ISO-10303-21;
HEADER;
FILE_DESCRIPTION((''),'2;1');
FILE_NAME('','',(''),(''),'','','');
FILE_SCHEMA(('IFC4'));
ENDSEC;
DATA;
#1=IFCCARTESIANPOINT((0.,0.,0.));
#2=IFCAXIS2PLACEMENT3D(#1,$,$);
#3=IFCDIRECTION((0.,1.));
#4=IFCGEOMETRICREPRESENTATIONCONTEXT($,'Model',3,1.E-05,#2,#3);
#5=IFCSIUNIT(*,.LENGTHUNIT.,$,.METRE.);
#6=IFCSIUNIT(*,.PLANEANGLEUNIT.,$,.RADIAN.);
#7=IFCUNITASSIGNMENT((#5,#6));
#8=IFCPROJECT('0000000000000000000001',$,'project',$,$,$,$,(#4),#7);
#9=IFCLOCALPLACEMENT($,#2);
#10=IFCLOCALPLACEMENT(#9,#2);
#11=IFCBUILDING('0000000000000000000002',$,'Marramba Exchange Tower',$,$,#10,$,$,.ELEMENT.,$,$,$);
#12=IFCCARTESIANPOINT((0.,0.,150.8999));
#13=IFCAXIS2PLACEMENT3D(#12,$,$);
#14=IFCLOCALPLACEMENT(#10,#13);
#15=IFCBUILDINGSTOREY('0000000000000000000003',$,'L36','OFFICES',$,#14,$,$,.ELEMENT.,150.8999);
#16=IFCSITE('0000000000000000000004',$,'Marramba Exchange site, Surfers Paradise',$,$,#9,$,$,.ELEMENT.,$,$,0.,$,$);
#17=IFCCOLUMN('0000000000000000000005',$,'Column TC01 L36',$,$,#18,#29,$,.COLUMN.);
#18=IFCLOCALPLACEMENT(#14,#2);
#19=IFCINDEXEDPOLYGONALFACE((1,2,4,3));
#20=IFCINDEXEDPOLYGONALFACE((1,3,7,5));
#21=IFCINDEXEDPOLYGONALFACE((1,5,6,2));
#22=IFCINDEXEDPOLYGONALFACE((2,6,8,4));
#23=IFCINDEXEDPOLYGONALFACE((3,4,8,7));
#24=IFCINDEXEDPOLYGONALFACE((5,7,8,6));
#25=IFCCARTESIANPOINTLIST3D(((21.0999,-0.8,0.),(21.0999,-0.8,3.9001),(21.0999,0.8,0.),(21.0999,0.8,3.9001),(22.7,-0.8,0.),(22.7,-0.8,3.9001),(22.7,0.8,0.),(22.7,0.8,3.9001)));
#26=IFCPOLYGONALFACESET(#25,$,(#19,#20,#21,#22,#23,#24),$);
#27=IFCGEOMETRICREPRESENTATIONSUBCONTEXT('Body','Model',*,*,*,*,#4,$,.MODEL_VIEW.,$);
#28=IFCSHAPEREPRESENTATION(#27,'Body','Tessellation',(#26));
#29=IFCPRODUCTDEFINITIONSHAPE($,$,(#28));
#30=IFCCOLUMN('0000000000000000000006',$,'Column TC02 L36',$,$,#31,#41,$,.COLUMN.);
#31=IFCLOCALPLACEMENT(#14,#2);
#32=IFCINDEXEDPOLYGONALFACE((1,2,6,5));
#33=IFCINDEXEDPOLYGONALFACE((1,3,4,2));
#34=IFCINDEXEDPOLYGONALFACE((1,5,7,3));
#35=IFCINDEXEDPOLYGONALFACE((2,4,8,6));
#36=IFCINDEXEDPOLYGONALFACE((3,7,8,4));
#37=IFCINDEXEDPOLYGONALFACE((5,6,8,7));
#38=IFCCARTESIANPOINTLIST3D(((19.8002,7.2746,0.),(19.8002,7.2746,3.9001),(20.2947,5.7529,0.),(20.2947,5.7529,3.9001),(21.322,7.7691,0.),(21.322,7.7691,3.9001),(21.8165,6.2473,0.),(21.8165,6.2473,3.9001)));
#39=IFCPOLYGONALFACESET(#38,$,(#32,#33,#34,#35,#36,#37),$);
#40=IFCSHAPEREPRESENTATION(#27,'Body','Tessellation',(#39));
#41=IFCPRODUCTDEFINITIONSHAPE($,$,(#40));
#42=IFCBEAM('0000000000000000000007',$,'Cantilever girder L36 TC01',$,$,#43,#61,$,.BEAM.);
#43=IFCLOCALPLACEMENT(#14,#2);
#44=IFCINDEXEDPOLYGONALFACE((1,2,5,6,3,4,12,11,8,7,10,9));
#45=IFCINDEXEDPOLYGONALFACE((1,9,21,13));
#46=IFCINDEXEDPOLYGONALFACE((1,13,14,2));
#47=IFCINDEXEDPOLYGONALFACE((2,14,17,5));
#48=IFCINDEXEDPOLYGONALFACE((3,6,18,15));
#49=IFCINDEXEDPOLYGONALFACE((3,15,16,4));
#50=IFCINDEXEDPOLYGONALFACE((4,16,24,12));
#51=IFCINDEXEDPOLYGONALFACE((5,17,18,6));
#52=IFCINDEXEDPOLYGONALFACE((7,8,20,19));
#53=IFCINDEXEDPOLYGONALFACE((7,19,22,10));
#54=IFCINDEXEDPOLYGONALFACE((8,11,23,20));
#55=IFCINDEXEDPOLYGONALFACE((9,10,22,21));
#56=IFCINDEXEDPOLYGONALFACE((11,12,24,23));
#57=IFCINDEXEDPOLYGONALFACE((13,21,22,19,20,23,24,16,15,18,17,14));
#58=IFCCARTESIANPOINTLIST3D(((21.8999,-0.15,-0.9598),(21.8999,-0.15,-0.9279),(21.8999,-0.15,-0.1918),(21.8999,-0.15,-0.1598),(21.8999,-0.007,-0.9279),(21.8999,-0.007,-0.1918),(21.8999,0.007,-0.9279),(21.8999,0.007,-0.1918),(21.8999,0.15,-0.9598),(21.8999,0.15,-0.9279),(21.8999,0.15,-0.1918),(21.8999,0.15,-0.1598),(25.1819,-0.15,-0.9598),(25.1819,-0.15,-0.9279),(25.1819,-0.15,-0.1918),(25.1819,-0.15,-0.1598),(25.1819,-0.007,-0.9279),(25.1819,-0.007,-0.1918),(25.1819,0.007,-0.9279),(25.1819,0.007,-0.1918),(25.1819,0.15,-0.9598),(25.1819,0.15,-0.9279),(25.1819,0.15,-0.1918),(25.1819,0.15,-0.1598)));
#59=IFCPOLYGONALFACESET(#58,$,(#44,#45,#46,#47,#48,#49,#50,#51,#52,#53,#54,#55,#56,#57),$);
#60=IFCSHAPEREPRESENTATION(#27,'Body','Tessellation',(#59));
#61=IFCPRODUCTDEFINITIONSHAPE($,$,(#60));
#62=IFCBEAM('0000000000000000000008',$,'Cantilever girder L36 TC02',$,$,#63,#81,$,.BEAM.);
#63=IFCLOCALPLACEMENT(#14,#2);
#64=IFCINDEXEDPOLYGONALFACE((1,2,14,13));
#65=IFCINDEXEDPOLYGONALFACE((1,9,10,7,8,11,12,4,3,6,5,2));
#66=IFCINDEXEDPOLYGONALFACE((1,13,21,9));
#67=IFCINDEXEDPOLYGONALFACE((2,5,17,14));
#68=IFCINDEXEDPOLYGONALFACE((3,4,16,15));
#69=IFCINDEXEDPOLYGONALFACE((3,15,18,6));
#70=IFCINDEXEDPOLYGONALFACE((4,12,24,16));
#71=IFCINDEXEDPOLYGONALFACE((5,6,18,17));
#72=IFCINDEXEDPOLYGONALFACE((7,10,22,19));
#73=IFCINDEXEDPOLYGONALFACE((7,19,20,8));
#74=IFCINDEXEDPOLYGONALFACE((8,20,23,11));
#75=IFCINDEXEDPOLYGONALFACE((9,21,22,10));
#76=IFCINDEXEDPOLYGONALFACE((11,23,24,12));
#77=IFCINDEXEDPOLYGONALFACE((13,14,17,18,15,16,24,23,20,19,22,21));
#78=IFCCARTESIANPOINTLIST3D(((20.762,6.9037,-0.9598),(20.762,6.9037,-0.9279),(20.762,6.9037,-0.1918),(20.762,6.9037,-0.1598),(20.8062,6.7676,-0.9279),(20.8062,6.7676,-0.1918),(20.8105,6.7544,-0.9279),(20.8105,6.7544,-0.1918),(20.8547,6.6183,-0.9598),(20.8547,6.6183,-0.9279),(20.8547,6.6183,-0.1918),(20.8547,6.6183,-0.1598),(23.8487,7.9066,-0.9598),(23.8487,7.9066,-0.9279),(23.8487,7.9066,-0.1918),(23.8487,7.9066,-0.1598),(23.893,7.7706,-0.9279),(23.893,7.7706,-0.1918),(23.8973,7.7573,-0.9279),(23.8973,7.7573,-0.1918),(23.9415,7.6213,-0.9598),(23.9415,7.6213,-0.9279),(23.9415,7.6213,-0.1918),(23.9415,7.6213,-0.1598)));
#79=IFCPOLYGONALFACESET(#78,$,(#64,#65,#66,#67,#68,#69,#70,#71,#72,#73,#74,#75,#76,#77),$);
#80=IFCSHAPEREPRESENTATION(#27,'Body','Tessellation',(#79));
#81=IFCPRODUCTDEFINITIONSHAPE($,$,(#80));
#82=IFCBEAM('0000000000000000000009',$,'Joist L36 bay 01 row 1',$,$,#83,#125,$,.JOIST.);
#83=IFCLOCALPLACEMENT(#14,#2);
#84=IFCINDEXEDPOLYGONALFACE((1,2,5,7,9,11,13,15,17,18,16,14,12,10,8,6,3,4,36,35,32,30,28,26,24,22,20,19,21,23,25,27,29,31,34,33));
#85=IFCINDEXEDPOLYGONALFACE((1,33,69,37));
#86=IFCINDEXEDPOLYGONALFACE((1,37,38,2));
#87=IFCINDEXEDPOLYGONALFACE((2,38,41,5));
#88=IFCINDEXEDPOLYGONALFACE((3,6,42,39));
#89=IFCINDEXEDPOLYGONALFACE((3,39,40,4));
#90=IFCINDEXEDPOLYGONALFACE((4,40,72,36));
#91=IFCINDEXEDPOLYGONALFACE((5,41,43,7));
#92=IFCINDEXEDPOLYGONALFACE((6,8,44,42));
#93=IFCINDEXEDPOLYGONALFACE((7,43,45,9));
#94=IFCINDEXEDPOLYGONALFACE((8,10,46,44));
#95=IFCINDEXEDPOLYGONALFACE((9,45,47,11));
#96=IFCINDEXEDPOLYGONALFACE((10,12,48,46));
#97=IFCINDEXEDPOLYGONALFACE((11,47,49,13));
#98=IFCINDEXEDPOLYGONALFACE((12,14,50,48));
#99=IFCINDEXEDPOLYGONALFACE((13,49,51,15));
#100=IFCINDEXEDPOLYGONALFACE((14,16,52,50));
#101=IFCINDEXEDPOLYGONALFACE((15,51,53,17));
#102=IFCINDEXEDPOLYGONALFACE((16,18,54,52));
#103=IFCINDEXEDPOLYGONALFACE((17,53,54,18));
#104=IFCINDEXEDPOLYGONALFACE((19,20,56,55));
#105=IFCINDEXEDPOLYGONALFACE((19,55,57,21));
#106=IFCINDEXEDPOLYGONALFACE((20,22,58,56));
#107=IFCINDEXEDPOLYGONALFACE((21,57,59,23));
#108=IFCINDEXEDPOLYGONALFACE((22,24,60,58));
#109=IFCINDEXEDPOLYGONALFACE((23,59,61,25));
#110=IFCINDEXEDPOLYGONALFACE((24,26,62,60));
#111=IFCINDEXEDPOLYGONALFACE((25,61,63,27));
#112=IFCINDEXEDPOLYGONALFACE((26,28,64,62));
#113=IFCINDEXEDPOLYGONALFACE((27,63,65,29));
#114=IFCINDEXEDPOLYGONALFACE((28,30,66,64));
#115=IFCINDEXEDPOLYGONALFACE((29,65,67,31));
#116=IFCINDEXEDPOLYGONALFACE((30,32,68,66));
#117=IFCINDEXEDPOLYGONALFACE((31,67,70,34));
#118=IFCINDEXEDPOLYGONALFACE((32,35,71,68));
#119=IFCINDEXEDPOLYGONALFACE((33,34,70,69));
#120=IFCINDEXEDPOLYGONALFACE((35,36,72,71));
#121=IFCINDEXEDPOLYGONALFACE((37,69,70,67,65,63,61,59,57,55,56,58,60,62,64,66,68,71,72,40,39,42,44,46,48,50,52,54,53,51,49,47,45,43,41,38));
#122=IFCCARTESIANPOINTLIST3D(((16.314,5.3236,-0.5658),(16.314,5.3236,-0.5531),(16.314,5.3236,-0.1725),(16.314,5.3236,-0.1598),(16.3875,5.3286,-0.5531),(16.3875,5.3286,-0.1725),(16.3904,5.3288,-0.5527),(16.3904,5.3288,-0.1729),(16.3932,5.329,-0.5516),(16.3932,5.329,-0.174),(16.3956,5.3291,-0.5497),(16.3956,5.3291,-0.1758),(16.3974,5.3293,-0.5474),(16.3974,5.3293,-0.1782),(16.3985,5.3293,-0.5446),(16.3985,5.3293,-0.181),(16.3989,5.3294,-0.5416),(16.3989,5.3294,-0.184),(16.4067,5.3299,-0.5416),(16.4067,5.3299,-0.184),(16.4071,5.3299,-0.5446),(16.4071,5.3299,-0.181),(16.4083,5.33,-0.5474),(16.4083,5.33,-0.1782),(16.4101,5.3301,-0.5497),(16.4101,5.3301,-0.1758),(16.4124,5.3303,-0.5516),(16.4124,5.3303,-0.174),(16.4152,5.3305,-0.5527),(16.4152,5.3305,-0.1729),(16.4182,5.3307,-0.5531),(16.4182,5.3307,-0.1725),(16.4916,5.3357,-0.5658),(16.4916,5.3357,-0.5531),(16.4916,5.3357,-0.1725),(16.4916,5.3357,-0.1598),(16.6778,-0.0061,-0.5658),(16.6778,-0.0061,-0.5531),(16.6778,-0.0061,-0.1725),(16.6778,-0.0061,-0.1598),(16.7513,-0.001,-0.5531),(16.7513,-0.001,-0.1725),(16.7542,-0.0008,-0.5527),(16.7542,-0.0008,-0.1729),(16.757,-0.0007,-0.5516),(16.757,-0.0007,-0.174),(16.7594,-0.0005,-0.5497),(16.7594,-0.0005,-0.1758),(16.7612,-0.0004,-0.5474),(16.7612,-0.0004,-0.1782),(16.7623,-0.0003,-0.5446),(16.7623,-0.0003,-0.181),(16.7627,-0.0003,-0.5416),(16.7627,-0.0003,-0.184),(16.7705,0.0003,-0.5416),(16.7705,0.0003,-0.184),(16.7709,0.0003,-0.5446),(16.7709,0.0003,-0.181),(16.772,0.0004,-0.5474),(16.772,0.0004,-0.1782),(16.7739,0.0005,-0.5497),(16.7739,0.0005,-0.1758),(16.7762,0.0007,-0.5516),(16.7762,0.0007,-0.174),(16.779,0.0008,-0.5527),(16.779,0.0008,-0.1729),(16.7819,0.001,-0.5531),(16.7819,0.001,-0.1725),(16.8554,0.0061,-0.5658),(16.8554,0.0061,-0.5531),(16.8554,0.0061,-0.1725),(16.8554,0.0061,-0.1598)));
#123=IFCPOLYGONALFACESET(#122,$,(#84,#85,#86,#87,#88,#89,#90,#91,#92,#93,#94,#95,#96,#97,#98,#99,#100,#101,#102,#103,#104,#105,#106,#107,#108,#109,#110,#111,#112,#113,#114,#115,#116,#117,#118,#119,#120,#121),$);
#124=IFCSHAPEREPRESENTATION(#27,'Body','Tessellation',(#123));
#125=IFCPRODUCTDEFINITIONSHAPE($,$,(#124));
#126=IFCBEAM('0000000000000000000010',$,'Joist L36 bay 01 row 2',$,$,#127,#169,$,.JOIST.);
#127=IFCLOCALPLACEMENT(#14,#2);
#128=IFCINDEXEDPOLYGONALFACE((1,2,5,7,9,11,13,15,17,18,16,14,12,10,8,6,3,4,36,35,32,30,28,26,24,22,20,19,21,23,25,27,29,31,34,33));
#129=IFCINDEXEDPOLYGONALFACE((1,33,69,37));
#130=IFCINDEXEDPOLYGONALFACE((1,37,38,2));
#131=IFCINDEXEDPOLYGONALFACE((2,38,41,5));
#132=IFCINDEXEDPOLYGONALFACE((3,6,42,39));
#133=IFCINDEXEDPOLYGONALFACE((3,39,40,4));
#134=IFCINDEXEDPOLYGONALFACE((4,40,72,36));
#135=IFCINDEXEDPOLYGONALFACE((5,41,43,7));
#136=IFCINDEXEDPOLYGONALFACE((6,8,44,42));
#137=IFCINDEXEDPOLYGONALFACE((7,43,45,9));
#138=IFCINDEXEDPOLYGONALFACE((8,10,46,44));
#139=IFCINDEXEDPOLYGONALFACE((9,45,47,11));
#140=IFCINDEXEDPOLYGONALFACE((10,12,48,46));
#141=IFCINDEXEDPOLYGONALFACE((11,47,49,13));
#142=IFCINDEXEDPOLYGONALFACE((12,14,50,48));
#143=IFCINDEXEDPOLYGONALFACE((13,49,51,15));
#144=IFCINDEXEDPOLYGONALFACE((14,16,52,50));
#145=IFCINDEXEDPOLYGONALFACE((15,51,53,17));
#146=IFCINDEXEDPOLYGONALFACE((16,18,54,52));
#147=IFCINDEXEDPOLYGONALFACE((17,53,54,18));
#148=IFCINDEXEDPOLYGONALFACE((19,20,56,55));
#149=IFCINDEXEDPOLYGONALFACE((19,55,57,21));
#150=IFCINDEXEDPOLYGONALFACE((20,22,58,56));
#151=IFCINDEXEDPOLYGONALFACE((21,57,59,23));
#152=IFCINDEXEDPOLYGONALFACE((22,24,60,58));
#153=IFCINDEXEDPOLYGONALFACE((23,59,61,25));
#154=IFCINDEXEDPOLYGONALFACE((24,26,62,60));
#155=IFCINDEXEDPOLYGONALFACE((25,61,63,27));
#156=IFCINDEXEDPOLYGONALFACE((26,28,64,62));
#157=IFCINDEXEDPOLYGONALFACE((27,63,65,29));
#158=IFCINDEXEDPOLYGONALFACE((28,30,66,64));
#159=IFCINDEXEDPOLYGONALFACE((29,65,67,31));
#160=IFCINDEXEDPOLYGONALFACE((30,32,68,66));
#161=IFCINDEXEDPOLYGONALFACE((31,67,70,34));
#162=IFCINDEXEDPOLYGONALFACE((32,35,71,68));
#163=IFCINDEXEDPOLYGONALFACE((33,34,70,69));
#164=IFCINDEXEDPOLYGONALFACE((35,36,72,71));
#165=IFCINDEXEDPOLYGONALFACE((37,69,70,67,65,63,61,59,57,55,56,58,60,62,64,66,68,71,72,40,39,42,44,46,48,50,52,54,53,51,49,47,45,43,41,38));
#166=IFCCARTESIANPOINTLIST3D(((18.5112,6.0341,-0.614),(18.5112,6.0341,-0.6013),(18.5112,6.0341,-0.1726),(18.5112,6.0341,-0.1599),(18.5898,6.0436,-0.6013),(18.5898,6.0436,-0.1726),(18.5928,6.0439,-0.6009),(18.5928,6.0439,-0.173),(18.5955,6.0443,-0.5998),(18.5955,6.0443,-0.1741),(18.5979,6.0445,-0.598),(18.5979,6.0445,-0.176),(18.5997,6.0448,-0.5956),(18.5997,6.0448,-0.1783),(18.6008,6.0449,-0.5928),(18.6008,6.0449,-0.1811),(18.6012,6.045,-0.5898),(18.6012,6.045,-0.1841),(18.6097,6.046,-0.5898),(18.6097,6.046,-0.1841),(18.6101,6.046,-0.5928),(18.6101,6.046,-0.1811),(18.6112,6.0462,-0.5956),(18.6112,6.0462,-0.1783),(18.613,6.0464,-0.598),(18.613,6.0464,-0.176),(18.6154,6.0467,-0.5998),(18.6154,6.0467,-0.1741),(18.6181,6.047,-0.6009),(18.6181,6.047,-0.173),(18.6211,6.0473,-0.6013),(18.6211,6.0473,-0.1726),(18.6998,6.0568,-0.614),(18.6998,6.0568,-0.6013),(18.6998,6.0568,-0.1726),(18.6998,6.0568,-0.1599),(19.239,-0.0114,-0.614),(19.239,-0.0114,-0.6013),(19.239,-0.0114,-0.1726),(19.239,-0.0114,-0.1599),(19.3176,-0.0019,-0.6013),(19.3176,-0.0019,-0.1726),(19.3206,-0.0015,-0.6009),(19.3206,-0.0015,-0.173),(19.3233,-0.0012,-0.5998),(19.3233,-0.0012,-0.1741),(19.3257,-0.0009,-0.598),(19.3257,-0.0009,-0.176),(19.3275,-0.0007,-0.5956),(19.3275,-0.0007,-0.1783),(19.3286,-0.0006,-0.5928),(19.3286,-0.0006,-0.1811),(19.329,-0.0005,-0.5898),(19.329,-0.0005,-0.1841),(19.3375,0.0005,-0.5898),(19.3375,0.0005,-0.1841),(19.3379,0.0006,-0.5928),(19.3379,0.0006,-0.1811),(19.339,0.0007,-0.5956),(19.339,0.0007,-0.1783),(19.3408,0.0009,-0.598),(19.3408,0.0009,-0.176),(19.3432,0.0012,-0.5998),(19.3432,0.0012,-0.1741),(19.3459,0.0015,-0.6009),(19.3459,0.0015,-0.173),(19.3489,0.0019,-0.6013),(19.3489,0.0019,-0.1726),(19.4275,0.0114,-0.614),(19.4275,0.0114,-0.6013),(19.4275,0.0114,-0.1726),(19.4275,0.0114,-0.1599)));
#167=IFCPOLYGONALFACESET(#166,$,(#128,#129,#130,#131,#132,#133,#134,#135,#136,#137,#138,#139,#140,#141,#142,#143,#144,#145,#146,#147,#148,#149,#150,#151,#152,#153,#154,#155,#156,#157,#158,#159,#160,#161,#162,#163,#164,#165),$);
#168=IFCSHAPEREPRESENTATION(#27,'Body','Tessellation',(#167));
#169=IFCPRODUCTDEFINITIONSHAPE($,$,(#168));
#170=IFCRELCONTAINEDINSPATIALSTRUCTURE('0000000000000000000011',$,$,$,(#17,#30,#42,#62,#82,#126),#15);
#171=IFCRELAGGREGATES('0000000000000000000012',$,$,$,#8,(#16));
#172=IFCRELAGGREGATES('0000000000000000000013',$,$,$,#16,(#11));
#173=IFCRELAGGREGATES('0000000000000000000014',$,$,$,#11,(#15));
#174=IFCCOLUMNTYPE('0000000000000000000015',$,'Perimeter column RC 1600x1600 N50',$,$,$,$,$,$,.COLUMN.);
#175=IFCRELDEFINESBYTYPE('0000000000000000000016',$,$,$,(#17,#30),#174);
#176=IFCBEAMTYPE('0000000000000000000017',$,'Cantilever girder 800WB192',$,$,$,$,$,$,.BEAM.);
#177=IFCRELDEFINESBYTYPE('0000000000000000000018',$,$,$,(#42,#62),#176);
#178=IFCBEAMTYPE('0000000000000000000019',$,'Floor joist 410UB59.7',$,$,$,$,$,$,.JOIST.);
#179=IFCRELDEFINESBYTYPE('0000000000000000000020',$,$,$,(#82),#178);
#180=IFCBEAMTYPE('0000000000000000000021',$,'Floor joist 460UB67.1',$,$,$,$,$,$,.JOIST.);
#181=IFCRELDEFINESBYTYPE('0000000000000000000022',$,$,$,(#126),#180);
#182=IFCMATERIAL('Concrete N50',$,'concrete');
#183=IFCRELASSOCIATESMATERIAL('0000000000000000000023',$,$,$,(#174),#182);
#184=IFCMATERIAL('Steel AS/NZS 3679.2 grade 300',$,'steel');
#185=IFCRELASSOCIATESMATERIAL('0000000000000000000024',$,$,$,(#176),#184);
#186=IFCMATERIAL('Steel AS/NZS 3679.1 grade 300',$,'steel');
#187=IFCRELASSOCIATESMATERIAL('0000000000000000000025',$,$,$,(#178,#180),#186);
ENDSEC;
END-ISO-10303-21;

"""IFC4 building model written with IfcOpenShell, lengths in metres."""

from ifc_helpers import new_model, si_unit, direction, frame, origin, origin_2d, place, context, subcontext, project, spatial, rectangle, i_section, extrude, material, material_profile, profile_set, type_object, element, save


model = new_model("IFC4")

# Units and contexts
model_context = context("Model", 3, precision=1e-05, world=origin(), true_north=direction((0.0, 1.0)))
body_context = subcontext(model_context, "Body", "Model", "MODEL_VIEW")
ifc_project = project(units=[si_unit("LENGTHUNIT", "METRE"), si_unit("PLANEANGLEUNIT", "RADIAN")], contexts=[model_context])

# Site, building, storey
site_placement = place(None, origin())
site = spatial("IfcSite", under=ifc_project, at=site_placement, Name="Marramba Exchange site, Surfers Paradise", CompositionType="ELEMENT", RefElevation=0.0)
building_placement = place(site_placement, origin())
building = spatial("IfcBuilding", under=site, at=building_placement, Name="Marramba Exchange Tower", CompositionType="ELEMENT")
storey_placement = place(building_placement, frame((0.0, 0.0, 150.8999)))
storey = spatial("IfcBuildingStorey", under=building, at=storey_placement, Name="L36", Description="OFFICES", CompositionType="ELEMENT", Elevation=150.8999)

# Columns
ifc_material_1 = material(Name="Concrete N50", Category="concrete")
ifc_material_profile_1 = material_profile(ifc_material_1, rectangle(XDim=1.6001, YDim=1.6001, at=origin_2d()), Name="RC 1600x1600")
ifc_profile_set_1 = profile_set([ifc_material_profile_1], Name="Concrete N50")
column_type = type_object("IfcColumnType", Name="Perimeter column RC 1600x1600 N50", PredefinedType="COLUMN", material=ifc_profile_set_1)
for number, where, z_axis, x_axis, name in (
    (1, (21.8999, 0.0, 0.0), (0.0, 0.0, 1.0), (1.0, 0.0, 0.0), "Column TC01 L36"),
    (2, (20.8083, 6.761, 0.0), (0.0, 0.0, 1.0), (0.951057, 0.309017, 0.0), "Column TC02 L36"),
):
    element("IfcColumn", number, at=place(storey_placement, frame(where, z_axis=z_axis, x_axis=x_axis)), inside=storey, type_object=column_type, Name=name, PredefinedType="COLUMN", context=body_context, shape_type="SweptSolid", body=[
        extrude(rectangle(XDim=1.6001, YDim=1.6001, at=origin_2d()), origin(), (0.0, 0.0, 1.0), 3.9001),
    ])

# Beams
ifc_material_2 = material(Name="Steel AS/NZS 3679.2 grade 300", Category="steel")
ifc_material_profile_2 = material_profile(ifc_material_2, i_section(OverallWidth=0.3, OverallDepth=0.8, WebThickness=0.0139, FlangeThickness=0.032, at=origin_2d()), Name="800WB192")
ifc_profile_set_2 = profile_set([ifc_material_profile_2], Name="Steel AS/NZS 3679.2 grade 300")
beam_type_1 = type_object("IfcBeamType", Name="Cantilever girder 800WB192", PredefinedType="BEAM", material=ifc_profile_set_2)
beam_1_placement = place(storey_placement, frame((21.8999, 0.0, -0.5598), z_axis=(1.0, 0.0, 0.0), x_axis=(0.0, 1.0, 0.0)))
element("IfcBeam", 3, at=beam_1_placement, inside=storey, type_object=beam_type_1, Name="Cantilever girder L36 TC01", PredefinedType="BEAM", context=body_context, shape_type="SweptSolid", body=[
    extrude(i_section(OverallWidth=0.3, OverallDepth=0.8, WebThickness=0.0139, FlangeThickness=0.032, at=origin_2d()), origin(), (0.0, 0.0, 1.0), 3.282),
])
beam_2_placement = place(storey_placement, frame((20.8083, 6.761, -0.5598), z_axis=(0.951056, 0.30902, 0.0), x_axis=(-0.30902, 0.951056, 0.0)))
element("IfcBeam", 4, at=beam_2_placement, inside=storey, type_object=beam_type_1, Name="Cantilever girder L36 TC02", PredefinedType="BEAM", context=body_context, shape_type="SweptSolid", body=[
    extrude(i_section(OverallWidth=0.3, OverallDepth=0.8, WebThickness=0.0139, FlangeThickness=0.032, at=origin_2d()), origin(), (0.0, 0.0, 1.0), 3.2456),
])
ifc_material_3 = material(Name="Steel AS/NZS 3679.1 grade 300", Category="steel")
ifc_material_profile_3 = material_profile(ifc_material_3, i_section(OverallWidth=0.178, OverallDepth=0.406, WebThickness=0.0078, FlangeThickness=0.0127, FilletRadius=0.0115, at=origin_2d()), Name="410UB59.7")
ifc_profile_set_3 = profile_set([ifc_material_profile_3], Name="Steel AS/NZS 3679.1 grade 300")
beam_type_2 = type_object("IfcBeamType", Name="Floor joist 410UB59.7", PredefinedType="JOIST", material=ifc_profile_set_3)
beam_3_placement = place(storey_placement, frame((16.7666, 0.0, -0.3628), z_axis=(-0.068096, 0.997679, 0.0), x_axis=(-0.997679, -0.068096, 0.0)))
element("IfcBeam", 5, at=beam_3_placement, inside=storey, type_object=beam_type_2, Name="Joist L36 bay 01 row 1", PredefinedType="JOIST", context=body_context, shape_type="SweptSolid", body=[
    extrude(i_section(OverallWidth=0.178, OverallDepth=0.406, WebThickness=0.0078, FlangeThickness=0.0127, FilletRadius=0.0115, at=origin_2d()), origin(), (0.0, 0.0, 1.0), 5.342),
])
ifc_material_profile_4 = material_profile(ifc_material_3, i_section(OverallWidth=0.1899, OverallDepth=0.4541, WebThickness=0.0085, FlangeThickness=0.0127, FilletRadius=0.0115, at=origin_2d()), Name="460UB67.1")
ifc_profile_set_4 = profile_set([ifc_material_profile_4], Name="Steel AS/NZS 3679.1 grade 300")
beam_type_3 = type_object("IfcBeamType", Name="Floor joist 460UB67.1", PredefinedType="JOIST", material=ifc_profile_set_4)
beam_4_placement = place(storey_placement, frame((19.3333, 0.0, -0.387), z_axis=(-0.119523, 0.992831, 0.0), x_axis=(-0.992831, -0.119523, 0.0)))
element("IfcBeam", 6, at=beam_4_placement, inside=storey, type_object=beam_type_3, Name="Joist L36 bay 01 row 2", PredefinedType="JOIST", context=body_context, shape_type="SweptSolid", body=[
    extrude(i_section(OverallWidth=0.1899, OverallDepth=0.4541, WebThickness=0.0085, FlangeThickness=0.0127, FilletRadius=0.0115, at=origin_2d()), origin(), (0.0, 0.0, 1.0), 6.0891),
])

save(model, "model.ifc")
